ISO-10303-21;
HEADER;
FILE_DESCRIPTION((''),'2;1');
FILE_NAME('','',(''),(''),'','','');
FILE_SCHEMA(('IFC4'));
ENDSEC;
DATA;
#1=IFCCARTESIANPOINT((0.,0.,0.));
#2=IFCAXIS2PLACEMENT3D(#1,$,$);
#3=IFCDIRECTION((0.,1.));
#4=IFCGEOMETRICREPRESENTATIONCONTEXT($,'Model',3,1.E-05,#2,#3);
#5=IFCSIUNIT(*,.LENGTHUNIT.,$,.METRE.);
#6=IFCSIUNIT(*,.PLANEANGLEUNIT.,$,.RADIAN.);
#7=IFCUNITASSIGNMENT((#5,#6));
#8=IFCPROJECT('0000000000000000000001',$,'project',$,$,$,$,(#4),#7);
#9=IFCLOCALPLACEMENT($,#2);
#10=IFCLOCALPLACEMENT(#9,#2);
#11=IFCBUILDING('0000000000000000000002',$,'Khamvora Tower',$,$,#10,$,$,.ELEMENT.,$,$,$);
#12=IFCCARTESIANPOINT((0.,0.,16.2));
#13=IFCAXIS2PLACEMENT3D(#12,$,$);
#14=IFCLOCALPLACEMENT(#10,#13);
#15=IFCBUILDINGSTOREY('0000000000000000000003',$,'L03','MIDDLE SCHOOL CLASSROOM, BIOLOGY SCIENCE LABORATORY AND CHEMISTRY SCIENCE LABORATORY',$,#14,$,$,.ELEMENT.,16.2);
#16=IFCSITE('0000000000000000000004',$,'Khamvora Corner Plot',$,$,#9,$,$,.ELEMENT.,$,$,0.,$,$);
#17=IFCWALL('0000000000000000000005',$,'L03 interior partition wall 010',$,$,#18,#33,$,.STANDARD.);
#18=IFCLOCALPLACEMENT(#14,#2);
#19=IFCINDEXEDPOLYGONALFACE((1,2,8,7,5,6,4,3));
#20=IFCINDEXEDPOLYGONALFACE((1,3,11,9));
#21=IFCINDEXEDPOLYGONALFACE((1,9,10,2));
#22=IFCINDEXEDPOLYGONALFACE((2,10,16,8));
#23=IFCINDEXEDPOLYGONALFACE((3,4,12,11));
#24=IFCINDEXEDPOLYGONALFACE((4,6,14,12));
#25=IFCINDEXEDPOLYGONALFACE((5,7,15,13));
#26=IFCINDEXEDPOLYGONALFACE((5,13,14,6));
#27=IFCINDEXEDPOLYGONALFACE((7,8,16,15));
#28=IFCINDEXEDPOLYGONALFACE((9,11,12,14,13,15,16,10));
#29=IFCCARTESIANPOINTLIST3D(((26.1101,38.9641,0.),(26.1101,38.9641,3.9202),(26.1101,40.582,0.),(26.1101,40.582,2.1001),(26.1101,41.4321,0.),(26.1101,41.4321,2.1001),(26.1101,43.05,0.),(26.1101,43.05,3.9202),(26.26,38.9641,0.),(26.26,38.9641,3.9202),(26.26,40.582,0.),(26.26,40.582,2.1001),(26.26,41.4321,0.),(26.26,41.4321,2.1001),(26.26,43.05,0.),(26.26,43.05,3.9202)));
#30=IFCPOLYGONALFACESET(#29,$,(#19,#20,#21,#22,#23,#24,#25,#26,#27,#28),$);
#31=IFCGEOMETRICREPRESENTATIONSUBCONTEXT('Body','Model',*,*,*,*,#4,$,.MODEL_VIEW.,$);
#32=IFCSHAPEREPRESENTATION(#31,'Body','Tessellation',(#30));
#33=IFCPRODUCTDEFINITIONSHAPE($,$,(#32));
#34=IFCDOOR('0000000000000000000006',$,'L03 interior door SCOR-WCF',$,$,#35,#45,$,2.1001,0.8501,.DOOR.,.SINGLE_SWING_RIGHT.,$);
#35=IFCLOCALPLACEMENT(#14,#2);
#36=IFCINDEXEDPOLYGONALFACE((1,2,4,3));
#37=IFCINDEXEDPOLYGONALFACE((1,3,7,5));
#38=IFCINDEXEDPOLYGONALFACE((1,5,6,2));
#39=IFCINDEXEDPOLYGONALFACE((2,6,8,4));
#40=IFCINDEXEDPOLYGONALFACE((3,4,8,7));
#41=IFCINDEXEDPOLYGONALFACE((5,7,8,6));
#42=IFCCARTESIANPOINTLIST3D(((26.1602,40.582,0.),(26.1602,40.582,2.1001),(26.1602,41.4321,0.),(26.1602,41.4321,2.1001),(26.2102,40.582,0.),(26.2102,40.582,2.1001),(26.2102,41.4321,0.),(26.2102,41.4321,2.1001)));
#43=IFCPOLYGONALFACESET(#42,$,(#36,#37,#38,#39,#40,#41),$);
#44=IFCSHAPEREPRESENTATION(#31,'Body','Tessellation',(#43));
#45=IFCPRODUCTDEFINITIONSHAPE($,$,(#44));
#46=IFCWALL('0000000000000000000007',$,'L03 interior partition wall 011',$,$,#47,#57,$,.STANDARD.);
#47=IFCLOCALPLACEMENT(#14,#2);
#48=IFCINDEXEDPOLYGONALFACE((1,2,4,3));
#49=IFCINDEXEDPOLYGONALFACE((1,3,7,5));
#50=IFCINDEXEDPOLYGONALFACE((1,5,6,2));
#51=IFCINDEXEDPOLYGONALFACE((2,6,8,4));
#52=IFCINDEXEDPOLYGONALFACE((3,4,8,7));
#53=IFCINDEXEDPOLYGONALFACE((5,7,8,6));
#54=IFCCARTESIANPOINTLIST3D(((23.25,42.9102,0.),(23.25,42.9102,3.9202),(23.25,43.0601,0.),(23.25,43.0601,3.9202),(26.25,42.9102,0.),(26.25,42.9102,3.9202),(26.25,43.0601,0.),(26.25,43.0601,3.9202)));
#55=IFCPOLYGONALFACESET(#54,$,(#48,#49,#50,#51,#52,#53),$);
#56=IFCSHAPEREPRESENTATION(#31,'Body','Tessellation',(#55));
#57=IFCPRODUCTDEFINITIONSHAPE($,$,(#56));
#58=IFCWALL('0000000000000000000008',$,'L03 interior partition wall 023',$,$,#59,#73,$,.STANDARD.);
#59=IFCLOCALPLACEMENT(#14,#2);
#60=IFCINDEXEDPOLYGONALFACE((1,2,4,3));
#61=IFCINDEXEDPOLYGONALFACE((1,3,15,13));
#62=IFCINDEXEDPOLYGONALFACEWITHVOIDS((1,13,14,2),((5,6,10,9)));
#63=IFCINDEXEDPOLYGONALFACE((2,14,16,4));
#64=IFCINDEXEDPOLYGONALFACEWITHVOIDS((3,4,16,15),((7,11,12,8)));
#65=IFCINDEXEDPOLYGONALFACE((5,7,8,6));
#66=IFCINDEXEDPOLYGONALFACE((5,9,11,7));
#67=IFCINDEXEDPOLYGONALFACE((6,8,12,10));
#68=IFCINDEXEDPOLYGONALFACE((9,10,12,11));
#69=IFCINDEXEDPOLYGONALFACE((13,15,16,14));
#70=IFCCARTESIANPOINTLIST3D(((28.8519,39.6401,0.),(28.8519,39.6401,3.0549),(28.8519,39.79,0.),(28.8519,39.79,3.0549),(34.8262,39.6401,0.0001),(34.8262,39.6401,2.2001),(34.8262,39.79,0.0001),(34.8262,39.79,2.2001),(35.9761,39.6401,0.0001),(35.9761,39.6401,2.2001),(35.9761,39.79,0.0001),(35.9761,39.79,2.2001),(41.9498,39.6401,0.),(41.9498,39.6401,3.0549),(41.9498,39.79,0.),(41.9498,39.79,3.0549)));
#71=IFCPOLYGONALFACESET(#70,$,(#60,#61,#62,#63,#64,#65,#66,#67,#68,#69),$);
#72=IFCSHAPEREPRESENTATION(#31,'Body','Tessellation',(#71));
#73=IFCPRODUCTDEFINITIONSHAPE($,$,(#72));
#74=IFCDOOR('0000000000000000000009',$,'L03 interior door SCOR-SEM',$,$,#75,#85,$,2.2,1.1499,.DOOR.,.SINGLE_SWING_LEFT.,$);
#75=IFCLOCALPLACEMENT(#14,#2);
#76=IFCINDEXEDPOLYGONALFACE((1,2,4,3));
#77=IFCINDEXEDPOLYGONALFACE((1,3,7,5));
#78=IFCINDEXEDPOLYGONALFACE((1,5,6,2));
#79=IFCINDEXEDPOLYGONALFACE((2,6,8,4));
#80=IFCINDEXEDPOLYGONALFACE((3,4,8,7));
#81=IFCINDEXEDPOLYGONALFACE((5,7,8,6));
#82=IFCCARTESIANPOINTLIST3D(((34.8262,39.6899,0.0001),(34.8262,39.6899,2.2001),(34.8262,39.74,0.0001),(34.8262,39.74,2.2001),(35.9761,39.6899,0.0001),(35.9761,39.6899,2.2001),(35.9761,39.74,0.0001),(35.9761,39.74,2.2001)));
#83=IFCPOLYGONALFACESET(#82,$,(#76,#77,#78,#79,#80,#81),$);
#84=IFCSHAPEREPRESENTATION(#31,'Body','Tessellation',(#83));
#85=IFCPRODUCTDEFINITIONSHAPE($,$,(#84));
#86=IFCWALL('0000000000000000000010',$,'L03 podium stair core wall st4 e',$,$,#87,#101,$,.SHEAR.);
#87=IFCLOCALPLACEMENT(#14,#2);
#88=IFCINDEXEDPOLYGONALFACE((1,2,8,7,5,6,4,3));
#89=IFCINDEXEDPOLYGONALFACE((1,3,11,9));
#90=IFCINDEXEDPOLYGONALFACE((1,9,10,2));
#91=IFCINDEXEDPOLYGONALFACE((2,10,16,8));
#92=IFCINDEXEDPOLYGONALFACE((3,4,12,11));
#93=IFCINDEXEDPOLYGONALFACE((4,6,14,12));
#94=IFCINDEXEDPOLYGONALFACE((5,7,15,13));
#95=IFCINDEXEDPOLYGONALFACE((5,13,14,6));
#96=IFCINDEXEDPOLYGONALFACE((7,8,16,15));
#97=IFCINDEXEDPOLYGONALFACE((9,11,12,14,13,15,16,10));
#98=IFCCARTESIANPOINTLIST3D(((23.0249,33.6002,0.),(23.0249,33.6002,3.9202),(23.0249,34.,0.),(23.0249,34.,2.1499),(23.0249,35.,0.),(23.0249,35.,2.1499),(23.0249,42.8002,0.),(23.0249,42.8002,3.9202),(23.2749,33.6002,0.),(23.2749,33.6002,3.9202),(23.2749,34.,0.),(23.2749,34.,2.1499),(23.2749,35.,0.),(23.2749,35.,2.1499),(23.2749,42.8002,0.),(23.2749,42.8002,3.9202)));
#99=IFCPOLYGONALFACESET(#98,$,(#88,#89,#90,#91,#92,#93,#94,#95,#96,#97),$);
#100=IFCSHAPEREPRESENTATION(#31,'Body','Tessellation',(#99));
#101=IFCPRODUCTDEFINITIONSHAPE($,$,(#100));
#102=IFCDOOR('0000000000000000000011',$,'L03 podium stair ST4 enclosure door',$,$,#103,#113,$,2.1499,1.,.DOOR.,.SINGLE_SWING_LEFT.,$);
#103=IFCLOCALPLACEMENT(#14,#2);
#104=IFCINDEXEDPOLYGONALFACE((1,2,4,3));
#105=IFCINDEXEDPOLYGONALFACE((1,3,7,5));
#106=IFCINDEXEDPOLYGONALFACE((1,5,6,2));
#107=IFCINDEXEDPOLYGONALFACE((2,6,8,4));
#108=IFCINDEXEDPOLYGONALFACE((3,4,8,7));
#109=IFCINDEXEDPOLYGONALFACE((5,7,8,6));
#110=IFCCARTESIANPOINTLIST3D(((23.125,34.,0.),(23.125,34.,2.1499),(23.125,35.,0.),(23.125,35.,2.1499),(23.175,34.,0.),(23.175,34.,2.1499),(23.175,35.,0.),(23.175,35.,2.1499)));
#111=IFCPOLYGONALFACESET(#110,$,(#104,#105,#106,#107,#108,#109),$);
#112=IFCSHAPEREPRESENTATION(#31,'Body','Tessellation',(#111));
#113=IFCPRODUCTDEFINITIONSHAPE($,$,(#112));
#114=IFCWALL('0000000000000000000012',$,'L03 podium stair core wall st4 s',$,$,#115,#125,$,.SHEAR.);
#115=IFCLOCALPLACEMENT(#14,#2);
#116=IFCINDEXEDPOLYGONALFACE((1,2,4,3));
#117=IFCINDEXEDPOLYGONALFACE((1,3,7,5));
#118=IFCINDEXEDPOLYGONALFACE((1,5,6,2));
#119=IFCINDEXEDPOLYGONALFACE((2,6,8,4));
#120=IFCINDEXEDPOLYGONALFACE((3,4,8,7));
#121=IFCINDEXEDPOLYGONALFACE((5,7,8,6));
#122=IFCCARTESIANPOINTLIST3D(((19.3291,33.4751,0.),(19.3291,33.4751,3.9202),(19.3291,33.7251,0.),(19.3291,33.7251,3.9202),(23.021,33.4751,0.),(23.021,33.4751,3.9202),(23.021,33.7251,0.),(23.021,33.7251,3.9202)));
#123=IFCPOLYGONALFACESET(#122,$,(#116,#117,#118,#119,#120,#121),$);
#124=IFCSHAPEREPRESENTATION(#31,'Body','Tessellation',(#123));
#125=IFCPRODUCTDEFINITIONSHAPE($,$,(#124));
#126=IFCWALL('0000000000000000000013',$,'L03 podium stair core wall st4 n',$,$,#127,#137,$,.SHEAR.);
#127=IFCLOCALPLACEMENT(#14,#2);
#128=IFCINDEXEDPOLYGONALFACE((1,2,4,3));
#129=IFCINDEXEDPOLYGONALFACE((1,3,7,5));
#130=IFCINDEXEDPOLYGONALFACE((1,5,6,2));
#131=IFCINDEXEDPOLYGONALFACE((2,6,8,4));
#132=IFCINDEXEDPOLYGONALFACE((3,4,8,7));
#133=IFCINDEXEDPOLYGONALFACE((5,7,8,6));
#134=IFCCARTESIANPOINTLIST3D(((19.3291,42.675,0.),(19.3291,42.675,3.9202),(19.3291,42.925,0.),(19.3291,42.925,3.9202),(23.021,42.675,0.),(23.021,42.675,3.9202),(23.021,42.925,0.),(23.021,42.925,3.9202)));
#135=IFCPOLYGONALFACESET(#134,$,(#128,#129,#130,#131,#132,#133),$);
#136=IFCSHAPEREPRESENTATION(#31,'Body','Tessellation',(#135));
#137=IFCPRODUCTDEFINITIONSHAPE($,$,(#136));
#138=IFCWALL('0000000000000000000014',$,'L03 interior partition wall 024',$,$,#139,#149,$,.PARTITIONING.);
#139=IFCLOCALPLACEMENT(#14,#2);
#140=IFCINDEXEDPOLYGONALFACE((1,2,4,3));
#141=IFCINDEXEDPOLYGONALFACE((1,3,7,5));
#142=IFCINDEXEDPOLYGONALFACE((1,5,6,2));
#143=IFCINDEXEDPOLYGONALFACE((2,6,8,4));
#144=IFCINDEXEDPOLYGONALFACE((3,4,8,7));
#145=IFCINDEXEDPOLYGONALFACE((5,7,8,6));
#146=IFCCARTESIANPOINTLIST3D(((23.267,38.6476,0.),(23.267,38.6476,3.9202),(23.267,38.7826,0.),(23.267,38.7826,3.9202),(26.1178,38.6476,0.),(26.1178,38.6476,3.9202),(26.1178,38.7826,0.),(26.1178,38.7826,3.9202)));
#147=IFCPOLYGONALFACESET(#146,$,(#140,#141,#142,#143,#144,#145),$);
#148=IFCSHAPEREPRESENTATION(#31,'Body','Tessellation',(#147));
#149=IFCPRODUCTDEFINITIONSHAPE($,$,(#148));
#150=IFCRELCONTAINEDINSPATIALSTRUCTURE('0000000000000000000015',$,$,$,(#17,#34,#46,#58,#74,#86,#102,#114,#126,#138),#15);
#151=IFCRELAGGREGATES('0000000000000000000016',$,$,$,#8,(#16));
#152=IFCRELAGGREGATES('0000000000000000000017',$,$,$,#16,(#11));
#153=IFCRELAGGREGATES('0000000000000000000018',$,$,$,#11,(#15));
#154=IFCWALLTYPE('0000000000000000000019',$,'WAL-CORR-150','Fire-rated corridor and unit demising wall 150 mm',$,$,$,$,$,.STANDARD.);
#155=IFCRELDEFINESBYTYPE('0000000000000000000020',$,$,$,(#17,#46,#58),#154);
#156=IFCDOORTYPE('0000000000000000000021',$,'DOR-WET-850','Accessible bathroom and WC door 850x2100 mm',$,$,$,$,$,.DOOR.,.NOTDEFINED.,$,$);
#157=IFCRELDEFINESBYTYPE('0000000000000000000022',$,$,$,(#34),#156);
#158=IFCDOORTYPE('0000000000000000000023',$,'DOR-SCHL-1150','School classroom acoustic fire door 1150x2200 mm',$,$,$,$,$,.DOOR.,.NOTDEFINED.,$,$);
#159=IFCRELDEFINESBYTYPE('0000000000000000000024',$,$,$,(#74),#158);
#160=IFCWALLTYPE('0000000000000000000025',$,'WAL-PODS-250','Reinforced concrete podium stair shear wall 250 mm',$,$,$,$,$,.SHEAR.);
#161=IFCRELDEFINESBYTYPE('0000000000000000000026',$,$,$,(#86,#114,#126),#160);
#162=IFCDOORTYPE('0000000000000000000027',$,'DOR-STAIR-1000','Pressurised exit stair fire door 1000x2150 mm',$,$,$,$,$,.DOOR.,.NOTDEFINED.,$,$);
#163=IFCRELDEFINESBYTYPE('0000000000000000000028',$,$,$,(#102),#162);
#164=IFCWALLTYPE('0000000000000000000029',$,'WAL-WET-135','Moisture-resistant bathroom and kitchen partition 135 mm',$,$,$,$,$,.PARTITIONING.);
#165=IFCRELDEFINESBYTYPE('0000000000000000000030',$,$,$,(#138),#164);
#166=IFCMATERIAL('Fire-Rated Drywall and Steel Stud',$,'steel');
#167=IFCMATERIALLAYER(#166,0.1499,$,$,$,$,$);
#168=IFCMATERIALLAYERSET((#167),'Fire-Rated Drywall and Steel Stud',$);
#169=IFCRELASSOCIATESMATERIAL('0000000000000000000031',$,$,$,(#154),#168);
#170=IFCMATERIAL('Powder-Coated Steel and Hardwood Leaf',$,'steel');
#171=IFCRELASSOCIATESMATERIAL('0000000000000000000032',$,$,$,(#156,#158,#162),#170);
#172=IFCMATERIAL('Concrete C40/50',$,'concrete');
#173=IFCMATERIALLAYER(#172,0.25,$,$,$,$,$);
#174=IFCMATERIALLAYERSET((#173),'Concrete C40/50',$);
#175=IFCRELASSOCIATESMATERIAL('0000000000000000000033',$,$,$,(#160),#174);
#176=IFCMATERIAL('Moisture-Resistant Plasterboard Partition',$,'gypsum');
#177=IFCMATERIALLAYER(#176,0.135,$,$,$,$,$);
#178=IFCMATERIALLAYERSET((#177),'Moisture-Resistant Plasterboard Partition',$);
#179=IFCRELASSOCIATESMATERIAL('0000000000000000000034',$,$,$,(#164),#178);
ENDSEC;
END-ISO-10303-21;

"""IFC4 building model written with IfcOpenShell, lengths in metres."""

from ifc_helpers import new_model, si_unit, direction, frame, frame_2d, origin, place, context, subcontext, project, spatial, rectangle, extrude, material, layer, layer_set, type_object, element, fill, save


model = new_model("IFC4")

# Units and contexts
model_context = context("Model", 3, precision=1e-05, world=origin(), true_north=direction((0.0, 1.0)))
body_context = subcontext(model_context, "Body", "Model", "MODEL_VIEW")
ifc_project = project(units=[si_unit("LENGTHUNIT", "METRE"), si_unit("PLANEANGLEUNIT", "RADIAN")], contexts=[model_context])

# Site, building, storey
site_placement = place(None, origin())
site = spatial("IfcSite", under=ifc_project, at=site_placement, Name="Khamvora Corner Plot", CompositionType="ELEMENT", RefElevation=0.0)
building_placement = place(site_placement, origin())
building = spatial("IfcBuilding", under=site, at=building_placement, Name="Khamvora Tower", CompositionType="ELEMENT")
storey_placement = place(building_placement, frame((0.0, 0.0, 16.2)))
storey = spatial("IfcBuildingStorey", under=building, at=storey_placement, Name="L03", Description="MIDDLE SCHOOL CLASSROOM, BIOLOGY SCIENCE LABORATORY AND CHEMISTRY SCIENCE LABORATORY", CompositionType="ELEMENT", Elevation=16.2)

# Shared definitions
ifc_material_1 = material(Name="Fire-Rated Drywall and Steel Stud", Category="steel")
ifc_layer_1 = layer(ifc_material_1, 0.1499)
ifc_layer_set_1 = layer_set([ifc_layer_1], Name="Fire-Rated Drywall and Steel Stud")
wall_type_1 = type_object("IfcWallType", Name="WAL-CORR-150", Description="Fire-rated corridor and unit demising wall 150 mm", PredefinedType="STANDARD", material=ifc_layer_set_1)

# Wall, opening, door
ifc_material_2 = material(Name="Powder-Coated Steel and Hardwood Leaf", Category="steel")
door_type_1 = type_object("IfcDoorType", Name="DOR-WET-850", Description="Accessible bathroom and WC door 850x2100 mm", OperationType="NOTDEFINED", PredefinedType="DOOR", material=ifc_material_2)
wall_1_placement = place(storey_placement, frame((26.1851, 38.9641, 0.0), z_axis=(0.0, 0.0, 1.0), x_axis=(0.0, 1.0, 0.0)))
wall_1 = element("IfcWall", 1, at=wall_1_placement, inside=storey, type_object=wall_type_1, Name="L03 interior partition wall 010", PredefinedType="STANDARD", context=body_context, shape_type="SweptSolid", body=[
    extrude(rectangle(XDim=4.0859, YDim=0.1499, at=frame_2d((2.043, 0.0))), origin(), (0.0, 0.0, 1.0), 3.9202),
])
opening_1_placement = place(wall_1_placement, frame((1.6179, 0.0, 0.0)))
opening_1 = element("IfcOpeningElement", 2, at=opening_1_placement, cuts=wall_1, PredefinedType="OPENING", context=body_context, shape_type="SweptSolid", body=[
    extrude(rectangle(XDim=0.8501, YDim=2.1001, at=frame_2d((0.425, 1.05))), frame((0.0, 0.085, 0.0), z_axis=(0.0, -1.0, 0.0), x_axis=(1.0, 0.0, 0.0)), (0.0, 0.0, 1.0), 0.1699),
])
door_1_placement = place(opening_1_placement, origin())
door_1 = element("IfcDoor", 3, at=door_1_placement, inside=storey, type_object=door_type_1, Name="L03 interior door SCOR-WCF", OperationType="SINGLE_SWING_RIGHT", OverallHeight=2.1001, OverallWidth=0.8501, PredefinedType="DOOR", context=body_context, shape_type="SweptSolid", body=[
    extrude(rectangle(XDim=0.8501, YDim=2.1001, at=frame_2d((0.425, 1.05))), frame((0.0, 0.0249, 0.0), z_axis=(0.0, -1.0, 0.0), x_axis=(1.0, 0.0, 0.0)), (0.0, 0.0, 1.0), 0.05),
])
fill(opening_1, door_1)

# Wall
wall_2_placement = place(storey_placement, frame((26.25, 42.9851, 0.0), z_axis=(0.0, 0.0, 1.0), x_axis=(-1.0, 0.0, 0.0)))
element("IfcWall", 4, at=wall_2_placement, inside=storey, type_object=wall_type_1, Name="L03 interior partition wall 011", PredefinedType="STANDARD", context=body_context, shape_type="SweptSolid", body=[
    extrude(rectangle(XDim=3.0, YDim=0.1499, at=frame_2d((1.5, 0.0))), origin(), (0.0, 0.0, 1.0), 3.9202),
])

# Walls, openings, doors
wall_3_placement = place(storey_placement, frame((28.8521, 39.7151, 0.0), z_axis=(0.0, 0.0, 1.0), x_axis=(1.0, 0.0, 0.0)))
wall_3 = element("IfcWall", 5, at=wall_3_placement, inside=storey, type_object=wall_type_1, Name="L03 interior partition wall 023", PredefinedType="STANDARD", context=body_context, shape_type="SweptSolid", body=[
    extrude(rectangle(XDim=13.0979, YDim=0.1499, at=frame_2d((6.5488, 0.0))), origin(), (0.0, 0.0, 1.0), 3.0549),
])
opening_2_placement = place(wall_3_placement, frame((5.9741, 0.0, 0.0)))
opening_2 = element("IfcOpeningElement", 6, at=opening_2_placement, cuts=wall_3, PredefinedType="OPENING", context=body_context, shape_type="SweptSolid", body=[
    extrude(rectangle(XDim=1.1499, YDim=2.2, at=frame_2d((0.575, 1.1001))), frame((0.0, 0.085, 0.0), z_axis=(0.0, -1.0, 0.0), x_axis=(1.0, 0.0, 0.0)), (0.0, 0.0, 1.0), 0.1699),
])
door_type_2 = type_object("IfcDoorType", Name="DOR-SCHL-1150", Description="School classroom acoustic fire door 1150x2200 mm", OperationType="NOTDEFINED", PredefinedType="DOOR", material=ifc_material_2)
door_2_placement = place(opening_2_placement, origin())
door_2 = element("IfcDoor", 7, at=door_2_placement, inside=storey, type_object=door_type_2, Name="L03 interior door SCOR-SEM", OperationType="SINGLE_SWING_LEFT", OverallHeight=2.2, OverallWidth=1.1499, PredefinedType="DOOR", context=body_context, shape_type="SweptSolid", body=[
    extrude(rectangle(XDim=1.1499, YDim=2.2, at=frame_2d((0.575, 1.1001))), frame((0.0, 0.0249, 0.0), z_axis=(0.0, -1.0, 0.0), x_axis=(1.0, 0.0, 0.0)), (0.0, 0.0, 1.0), 0.05),
])
fill(opening_2, door_2)
ifc_material_3 = material(Name="Concrete C40/50", Category="concrete")
ifc_layer_2 = layer(ifc_material_3, 0.25)
ifc_layer_set_2 = layer_set([ifc_layer_2], Name="Concrete C40/50")
wall_type_2 = type_object("IfcWallType", Name="WAL-PODS-250", Description="Reinforced concrete podium stair shear wall 250 mm", PredefinedType="SHEAR", material=ifc_layer_set_2)
wall_4_placement = place(storey_placement, frame((23.1499, 33.6001, 0.0), z_axis=(0.0, 0.0, 1.0), x_axis=(0.0, 1.0, 0.0)))
wall_4 = element("IfcWall", 8, at=wall_4_placement, inside=storey, type_object=wall_type_2, Name="L03 podium stair core wall st4 e", PredefinedType="SHEAR", context=body_context, shape_type="SweptSolid", body=[
    extrude(rectangle(XDim=9.2, YDim=0.25, at=frame_2d((4.6001, 0.0))), origin(), (0.0, 0.0, 1.0), 3.9202),
])
opening_3_placement = place(wall_4_placement, frame((0.3999, 0.0, 0.0)))
opening_3 = element("IfcOpeningElement", 9, at=opening_3_placement, cuts=wall_4, PredefinedType="OPENING", context=body_context, shape_type="SweptSolid", body=[
    extrude(rectangle(XDim=1.0, YDim=2.1499, at=frame_2d((0.5, 1.075))), frame((0.0, 0.135, 0.0), z_axis=(0.0, -1.0, 0.0), x_axis=(1.0, 0.0, 0.0)), (0.0, 0.0, 1.0), 0.27),
])
door_type_3 = type_object("IfcDoorType", Name="DOR-STAIR-1000", Description="Pressurised exit stair fire door 1000x2150 mm", OperationType="NOTDEFINED", PredefinedType="DOOR", material=ifc_material_2)
door_3_placement = place(opening_3_placement, origin())
door_3 = element("IfcDoor", 10, at=door_3_placement, inside=storey, type_object=door_type_3, Name="L03 podium stair ST4 enclosure door", OperationType="SINGLE_SWING_LEFT", OverallHeight=2.1499, OverallWidth=1.0, PredefinedType="DOOR", context=body_context, shape_type="SweptSolid", body=[
    extrude(rectangle(XDim=1.0, YDim=2.1499, at=frame_2d((0.5, 1.075))), frame((0.0, 0.0249, 0.0), z_axis=(0.0, -1.0, 0.0), x_axis=(1.0, 0.0, 0.0)), (0.0, 0.0, 1.0), 0.05),
])
fill(opening_3, door_3)

# Walls
for number, where, z_axis, x_axis, name in (
    (11, (19.3291, 33.6001, 0.0), (0.0, 0.0, 1.0), (1.0, 0.0, 0.0), "L03 podium stair core wall st4 s"),
    (12, (19.3291, 42.8, 0.0), (0.0, 0.0, 1.0), (1.0, 0.0, 0.0), "L03 podium stair core wall st4 n"),
):
    element("IfcWall", number, at=place(storey_placement, frame(where, z_axis=z_axis, x_axis=x_axis)), inside=storey, type_object=wall_type_2, Name=name, PredefinedType="SHEAR", context=body_context, shape_type="SweptSolid", body=[
        extrude(rectangle(XDim=3.6919, YDim=0.25, at=frame_2d((1.8459, 0.0))), origin(), (0.0, 0.0, 1.0), 3.9202),
    ])
ifc_material_4 = material(Name="Moisture-Resistant Plasterboard Partition", Category="gypsum")
ifc_layer_3 = layer(ifc_material_4, 0.135)
ifc_layer_set_3 = layer_set([ifc_layer_3], Name="Moisture-Resistant Plasterboard Partition")
wall_type_3 = type_object("IfcWallType", Name="WAL-WET-135", Description="Moisture-resistant bathroom and kitchen partition 135 mm", PredefinedType="PARTITIONING", material=ifc_layer_set_3)
wall_5_placement = place(storey_placement, frame((23.2671, 38.7151, 0.0), z_axis=(0.0, 0.0, 1.0), x_axis=(1.0, 0.0, 0.0)))
element("IfcWall", 13, at=wall_5_placement, inside=storey, type_object=wall_type_3, Name="L03 interior partition wall 024", PredefinedType="PARTITIONING", context=body_context, shape_type="SweptSolid", body=[
    extrude(rectangle(XDim=2.8508, YDim=0.135, at=frame_2d((1.4253, 0.0))), origin(), (0.0, 0.0, 1.0), 3.9202),
])

save(model, "model.ifc")
